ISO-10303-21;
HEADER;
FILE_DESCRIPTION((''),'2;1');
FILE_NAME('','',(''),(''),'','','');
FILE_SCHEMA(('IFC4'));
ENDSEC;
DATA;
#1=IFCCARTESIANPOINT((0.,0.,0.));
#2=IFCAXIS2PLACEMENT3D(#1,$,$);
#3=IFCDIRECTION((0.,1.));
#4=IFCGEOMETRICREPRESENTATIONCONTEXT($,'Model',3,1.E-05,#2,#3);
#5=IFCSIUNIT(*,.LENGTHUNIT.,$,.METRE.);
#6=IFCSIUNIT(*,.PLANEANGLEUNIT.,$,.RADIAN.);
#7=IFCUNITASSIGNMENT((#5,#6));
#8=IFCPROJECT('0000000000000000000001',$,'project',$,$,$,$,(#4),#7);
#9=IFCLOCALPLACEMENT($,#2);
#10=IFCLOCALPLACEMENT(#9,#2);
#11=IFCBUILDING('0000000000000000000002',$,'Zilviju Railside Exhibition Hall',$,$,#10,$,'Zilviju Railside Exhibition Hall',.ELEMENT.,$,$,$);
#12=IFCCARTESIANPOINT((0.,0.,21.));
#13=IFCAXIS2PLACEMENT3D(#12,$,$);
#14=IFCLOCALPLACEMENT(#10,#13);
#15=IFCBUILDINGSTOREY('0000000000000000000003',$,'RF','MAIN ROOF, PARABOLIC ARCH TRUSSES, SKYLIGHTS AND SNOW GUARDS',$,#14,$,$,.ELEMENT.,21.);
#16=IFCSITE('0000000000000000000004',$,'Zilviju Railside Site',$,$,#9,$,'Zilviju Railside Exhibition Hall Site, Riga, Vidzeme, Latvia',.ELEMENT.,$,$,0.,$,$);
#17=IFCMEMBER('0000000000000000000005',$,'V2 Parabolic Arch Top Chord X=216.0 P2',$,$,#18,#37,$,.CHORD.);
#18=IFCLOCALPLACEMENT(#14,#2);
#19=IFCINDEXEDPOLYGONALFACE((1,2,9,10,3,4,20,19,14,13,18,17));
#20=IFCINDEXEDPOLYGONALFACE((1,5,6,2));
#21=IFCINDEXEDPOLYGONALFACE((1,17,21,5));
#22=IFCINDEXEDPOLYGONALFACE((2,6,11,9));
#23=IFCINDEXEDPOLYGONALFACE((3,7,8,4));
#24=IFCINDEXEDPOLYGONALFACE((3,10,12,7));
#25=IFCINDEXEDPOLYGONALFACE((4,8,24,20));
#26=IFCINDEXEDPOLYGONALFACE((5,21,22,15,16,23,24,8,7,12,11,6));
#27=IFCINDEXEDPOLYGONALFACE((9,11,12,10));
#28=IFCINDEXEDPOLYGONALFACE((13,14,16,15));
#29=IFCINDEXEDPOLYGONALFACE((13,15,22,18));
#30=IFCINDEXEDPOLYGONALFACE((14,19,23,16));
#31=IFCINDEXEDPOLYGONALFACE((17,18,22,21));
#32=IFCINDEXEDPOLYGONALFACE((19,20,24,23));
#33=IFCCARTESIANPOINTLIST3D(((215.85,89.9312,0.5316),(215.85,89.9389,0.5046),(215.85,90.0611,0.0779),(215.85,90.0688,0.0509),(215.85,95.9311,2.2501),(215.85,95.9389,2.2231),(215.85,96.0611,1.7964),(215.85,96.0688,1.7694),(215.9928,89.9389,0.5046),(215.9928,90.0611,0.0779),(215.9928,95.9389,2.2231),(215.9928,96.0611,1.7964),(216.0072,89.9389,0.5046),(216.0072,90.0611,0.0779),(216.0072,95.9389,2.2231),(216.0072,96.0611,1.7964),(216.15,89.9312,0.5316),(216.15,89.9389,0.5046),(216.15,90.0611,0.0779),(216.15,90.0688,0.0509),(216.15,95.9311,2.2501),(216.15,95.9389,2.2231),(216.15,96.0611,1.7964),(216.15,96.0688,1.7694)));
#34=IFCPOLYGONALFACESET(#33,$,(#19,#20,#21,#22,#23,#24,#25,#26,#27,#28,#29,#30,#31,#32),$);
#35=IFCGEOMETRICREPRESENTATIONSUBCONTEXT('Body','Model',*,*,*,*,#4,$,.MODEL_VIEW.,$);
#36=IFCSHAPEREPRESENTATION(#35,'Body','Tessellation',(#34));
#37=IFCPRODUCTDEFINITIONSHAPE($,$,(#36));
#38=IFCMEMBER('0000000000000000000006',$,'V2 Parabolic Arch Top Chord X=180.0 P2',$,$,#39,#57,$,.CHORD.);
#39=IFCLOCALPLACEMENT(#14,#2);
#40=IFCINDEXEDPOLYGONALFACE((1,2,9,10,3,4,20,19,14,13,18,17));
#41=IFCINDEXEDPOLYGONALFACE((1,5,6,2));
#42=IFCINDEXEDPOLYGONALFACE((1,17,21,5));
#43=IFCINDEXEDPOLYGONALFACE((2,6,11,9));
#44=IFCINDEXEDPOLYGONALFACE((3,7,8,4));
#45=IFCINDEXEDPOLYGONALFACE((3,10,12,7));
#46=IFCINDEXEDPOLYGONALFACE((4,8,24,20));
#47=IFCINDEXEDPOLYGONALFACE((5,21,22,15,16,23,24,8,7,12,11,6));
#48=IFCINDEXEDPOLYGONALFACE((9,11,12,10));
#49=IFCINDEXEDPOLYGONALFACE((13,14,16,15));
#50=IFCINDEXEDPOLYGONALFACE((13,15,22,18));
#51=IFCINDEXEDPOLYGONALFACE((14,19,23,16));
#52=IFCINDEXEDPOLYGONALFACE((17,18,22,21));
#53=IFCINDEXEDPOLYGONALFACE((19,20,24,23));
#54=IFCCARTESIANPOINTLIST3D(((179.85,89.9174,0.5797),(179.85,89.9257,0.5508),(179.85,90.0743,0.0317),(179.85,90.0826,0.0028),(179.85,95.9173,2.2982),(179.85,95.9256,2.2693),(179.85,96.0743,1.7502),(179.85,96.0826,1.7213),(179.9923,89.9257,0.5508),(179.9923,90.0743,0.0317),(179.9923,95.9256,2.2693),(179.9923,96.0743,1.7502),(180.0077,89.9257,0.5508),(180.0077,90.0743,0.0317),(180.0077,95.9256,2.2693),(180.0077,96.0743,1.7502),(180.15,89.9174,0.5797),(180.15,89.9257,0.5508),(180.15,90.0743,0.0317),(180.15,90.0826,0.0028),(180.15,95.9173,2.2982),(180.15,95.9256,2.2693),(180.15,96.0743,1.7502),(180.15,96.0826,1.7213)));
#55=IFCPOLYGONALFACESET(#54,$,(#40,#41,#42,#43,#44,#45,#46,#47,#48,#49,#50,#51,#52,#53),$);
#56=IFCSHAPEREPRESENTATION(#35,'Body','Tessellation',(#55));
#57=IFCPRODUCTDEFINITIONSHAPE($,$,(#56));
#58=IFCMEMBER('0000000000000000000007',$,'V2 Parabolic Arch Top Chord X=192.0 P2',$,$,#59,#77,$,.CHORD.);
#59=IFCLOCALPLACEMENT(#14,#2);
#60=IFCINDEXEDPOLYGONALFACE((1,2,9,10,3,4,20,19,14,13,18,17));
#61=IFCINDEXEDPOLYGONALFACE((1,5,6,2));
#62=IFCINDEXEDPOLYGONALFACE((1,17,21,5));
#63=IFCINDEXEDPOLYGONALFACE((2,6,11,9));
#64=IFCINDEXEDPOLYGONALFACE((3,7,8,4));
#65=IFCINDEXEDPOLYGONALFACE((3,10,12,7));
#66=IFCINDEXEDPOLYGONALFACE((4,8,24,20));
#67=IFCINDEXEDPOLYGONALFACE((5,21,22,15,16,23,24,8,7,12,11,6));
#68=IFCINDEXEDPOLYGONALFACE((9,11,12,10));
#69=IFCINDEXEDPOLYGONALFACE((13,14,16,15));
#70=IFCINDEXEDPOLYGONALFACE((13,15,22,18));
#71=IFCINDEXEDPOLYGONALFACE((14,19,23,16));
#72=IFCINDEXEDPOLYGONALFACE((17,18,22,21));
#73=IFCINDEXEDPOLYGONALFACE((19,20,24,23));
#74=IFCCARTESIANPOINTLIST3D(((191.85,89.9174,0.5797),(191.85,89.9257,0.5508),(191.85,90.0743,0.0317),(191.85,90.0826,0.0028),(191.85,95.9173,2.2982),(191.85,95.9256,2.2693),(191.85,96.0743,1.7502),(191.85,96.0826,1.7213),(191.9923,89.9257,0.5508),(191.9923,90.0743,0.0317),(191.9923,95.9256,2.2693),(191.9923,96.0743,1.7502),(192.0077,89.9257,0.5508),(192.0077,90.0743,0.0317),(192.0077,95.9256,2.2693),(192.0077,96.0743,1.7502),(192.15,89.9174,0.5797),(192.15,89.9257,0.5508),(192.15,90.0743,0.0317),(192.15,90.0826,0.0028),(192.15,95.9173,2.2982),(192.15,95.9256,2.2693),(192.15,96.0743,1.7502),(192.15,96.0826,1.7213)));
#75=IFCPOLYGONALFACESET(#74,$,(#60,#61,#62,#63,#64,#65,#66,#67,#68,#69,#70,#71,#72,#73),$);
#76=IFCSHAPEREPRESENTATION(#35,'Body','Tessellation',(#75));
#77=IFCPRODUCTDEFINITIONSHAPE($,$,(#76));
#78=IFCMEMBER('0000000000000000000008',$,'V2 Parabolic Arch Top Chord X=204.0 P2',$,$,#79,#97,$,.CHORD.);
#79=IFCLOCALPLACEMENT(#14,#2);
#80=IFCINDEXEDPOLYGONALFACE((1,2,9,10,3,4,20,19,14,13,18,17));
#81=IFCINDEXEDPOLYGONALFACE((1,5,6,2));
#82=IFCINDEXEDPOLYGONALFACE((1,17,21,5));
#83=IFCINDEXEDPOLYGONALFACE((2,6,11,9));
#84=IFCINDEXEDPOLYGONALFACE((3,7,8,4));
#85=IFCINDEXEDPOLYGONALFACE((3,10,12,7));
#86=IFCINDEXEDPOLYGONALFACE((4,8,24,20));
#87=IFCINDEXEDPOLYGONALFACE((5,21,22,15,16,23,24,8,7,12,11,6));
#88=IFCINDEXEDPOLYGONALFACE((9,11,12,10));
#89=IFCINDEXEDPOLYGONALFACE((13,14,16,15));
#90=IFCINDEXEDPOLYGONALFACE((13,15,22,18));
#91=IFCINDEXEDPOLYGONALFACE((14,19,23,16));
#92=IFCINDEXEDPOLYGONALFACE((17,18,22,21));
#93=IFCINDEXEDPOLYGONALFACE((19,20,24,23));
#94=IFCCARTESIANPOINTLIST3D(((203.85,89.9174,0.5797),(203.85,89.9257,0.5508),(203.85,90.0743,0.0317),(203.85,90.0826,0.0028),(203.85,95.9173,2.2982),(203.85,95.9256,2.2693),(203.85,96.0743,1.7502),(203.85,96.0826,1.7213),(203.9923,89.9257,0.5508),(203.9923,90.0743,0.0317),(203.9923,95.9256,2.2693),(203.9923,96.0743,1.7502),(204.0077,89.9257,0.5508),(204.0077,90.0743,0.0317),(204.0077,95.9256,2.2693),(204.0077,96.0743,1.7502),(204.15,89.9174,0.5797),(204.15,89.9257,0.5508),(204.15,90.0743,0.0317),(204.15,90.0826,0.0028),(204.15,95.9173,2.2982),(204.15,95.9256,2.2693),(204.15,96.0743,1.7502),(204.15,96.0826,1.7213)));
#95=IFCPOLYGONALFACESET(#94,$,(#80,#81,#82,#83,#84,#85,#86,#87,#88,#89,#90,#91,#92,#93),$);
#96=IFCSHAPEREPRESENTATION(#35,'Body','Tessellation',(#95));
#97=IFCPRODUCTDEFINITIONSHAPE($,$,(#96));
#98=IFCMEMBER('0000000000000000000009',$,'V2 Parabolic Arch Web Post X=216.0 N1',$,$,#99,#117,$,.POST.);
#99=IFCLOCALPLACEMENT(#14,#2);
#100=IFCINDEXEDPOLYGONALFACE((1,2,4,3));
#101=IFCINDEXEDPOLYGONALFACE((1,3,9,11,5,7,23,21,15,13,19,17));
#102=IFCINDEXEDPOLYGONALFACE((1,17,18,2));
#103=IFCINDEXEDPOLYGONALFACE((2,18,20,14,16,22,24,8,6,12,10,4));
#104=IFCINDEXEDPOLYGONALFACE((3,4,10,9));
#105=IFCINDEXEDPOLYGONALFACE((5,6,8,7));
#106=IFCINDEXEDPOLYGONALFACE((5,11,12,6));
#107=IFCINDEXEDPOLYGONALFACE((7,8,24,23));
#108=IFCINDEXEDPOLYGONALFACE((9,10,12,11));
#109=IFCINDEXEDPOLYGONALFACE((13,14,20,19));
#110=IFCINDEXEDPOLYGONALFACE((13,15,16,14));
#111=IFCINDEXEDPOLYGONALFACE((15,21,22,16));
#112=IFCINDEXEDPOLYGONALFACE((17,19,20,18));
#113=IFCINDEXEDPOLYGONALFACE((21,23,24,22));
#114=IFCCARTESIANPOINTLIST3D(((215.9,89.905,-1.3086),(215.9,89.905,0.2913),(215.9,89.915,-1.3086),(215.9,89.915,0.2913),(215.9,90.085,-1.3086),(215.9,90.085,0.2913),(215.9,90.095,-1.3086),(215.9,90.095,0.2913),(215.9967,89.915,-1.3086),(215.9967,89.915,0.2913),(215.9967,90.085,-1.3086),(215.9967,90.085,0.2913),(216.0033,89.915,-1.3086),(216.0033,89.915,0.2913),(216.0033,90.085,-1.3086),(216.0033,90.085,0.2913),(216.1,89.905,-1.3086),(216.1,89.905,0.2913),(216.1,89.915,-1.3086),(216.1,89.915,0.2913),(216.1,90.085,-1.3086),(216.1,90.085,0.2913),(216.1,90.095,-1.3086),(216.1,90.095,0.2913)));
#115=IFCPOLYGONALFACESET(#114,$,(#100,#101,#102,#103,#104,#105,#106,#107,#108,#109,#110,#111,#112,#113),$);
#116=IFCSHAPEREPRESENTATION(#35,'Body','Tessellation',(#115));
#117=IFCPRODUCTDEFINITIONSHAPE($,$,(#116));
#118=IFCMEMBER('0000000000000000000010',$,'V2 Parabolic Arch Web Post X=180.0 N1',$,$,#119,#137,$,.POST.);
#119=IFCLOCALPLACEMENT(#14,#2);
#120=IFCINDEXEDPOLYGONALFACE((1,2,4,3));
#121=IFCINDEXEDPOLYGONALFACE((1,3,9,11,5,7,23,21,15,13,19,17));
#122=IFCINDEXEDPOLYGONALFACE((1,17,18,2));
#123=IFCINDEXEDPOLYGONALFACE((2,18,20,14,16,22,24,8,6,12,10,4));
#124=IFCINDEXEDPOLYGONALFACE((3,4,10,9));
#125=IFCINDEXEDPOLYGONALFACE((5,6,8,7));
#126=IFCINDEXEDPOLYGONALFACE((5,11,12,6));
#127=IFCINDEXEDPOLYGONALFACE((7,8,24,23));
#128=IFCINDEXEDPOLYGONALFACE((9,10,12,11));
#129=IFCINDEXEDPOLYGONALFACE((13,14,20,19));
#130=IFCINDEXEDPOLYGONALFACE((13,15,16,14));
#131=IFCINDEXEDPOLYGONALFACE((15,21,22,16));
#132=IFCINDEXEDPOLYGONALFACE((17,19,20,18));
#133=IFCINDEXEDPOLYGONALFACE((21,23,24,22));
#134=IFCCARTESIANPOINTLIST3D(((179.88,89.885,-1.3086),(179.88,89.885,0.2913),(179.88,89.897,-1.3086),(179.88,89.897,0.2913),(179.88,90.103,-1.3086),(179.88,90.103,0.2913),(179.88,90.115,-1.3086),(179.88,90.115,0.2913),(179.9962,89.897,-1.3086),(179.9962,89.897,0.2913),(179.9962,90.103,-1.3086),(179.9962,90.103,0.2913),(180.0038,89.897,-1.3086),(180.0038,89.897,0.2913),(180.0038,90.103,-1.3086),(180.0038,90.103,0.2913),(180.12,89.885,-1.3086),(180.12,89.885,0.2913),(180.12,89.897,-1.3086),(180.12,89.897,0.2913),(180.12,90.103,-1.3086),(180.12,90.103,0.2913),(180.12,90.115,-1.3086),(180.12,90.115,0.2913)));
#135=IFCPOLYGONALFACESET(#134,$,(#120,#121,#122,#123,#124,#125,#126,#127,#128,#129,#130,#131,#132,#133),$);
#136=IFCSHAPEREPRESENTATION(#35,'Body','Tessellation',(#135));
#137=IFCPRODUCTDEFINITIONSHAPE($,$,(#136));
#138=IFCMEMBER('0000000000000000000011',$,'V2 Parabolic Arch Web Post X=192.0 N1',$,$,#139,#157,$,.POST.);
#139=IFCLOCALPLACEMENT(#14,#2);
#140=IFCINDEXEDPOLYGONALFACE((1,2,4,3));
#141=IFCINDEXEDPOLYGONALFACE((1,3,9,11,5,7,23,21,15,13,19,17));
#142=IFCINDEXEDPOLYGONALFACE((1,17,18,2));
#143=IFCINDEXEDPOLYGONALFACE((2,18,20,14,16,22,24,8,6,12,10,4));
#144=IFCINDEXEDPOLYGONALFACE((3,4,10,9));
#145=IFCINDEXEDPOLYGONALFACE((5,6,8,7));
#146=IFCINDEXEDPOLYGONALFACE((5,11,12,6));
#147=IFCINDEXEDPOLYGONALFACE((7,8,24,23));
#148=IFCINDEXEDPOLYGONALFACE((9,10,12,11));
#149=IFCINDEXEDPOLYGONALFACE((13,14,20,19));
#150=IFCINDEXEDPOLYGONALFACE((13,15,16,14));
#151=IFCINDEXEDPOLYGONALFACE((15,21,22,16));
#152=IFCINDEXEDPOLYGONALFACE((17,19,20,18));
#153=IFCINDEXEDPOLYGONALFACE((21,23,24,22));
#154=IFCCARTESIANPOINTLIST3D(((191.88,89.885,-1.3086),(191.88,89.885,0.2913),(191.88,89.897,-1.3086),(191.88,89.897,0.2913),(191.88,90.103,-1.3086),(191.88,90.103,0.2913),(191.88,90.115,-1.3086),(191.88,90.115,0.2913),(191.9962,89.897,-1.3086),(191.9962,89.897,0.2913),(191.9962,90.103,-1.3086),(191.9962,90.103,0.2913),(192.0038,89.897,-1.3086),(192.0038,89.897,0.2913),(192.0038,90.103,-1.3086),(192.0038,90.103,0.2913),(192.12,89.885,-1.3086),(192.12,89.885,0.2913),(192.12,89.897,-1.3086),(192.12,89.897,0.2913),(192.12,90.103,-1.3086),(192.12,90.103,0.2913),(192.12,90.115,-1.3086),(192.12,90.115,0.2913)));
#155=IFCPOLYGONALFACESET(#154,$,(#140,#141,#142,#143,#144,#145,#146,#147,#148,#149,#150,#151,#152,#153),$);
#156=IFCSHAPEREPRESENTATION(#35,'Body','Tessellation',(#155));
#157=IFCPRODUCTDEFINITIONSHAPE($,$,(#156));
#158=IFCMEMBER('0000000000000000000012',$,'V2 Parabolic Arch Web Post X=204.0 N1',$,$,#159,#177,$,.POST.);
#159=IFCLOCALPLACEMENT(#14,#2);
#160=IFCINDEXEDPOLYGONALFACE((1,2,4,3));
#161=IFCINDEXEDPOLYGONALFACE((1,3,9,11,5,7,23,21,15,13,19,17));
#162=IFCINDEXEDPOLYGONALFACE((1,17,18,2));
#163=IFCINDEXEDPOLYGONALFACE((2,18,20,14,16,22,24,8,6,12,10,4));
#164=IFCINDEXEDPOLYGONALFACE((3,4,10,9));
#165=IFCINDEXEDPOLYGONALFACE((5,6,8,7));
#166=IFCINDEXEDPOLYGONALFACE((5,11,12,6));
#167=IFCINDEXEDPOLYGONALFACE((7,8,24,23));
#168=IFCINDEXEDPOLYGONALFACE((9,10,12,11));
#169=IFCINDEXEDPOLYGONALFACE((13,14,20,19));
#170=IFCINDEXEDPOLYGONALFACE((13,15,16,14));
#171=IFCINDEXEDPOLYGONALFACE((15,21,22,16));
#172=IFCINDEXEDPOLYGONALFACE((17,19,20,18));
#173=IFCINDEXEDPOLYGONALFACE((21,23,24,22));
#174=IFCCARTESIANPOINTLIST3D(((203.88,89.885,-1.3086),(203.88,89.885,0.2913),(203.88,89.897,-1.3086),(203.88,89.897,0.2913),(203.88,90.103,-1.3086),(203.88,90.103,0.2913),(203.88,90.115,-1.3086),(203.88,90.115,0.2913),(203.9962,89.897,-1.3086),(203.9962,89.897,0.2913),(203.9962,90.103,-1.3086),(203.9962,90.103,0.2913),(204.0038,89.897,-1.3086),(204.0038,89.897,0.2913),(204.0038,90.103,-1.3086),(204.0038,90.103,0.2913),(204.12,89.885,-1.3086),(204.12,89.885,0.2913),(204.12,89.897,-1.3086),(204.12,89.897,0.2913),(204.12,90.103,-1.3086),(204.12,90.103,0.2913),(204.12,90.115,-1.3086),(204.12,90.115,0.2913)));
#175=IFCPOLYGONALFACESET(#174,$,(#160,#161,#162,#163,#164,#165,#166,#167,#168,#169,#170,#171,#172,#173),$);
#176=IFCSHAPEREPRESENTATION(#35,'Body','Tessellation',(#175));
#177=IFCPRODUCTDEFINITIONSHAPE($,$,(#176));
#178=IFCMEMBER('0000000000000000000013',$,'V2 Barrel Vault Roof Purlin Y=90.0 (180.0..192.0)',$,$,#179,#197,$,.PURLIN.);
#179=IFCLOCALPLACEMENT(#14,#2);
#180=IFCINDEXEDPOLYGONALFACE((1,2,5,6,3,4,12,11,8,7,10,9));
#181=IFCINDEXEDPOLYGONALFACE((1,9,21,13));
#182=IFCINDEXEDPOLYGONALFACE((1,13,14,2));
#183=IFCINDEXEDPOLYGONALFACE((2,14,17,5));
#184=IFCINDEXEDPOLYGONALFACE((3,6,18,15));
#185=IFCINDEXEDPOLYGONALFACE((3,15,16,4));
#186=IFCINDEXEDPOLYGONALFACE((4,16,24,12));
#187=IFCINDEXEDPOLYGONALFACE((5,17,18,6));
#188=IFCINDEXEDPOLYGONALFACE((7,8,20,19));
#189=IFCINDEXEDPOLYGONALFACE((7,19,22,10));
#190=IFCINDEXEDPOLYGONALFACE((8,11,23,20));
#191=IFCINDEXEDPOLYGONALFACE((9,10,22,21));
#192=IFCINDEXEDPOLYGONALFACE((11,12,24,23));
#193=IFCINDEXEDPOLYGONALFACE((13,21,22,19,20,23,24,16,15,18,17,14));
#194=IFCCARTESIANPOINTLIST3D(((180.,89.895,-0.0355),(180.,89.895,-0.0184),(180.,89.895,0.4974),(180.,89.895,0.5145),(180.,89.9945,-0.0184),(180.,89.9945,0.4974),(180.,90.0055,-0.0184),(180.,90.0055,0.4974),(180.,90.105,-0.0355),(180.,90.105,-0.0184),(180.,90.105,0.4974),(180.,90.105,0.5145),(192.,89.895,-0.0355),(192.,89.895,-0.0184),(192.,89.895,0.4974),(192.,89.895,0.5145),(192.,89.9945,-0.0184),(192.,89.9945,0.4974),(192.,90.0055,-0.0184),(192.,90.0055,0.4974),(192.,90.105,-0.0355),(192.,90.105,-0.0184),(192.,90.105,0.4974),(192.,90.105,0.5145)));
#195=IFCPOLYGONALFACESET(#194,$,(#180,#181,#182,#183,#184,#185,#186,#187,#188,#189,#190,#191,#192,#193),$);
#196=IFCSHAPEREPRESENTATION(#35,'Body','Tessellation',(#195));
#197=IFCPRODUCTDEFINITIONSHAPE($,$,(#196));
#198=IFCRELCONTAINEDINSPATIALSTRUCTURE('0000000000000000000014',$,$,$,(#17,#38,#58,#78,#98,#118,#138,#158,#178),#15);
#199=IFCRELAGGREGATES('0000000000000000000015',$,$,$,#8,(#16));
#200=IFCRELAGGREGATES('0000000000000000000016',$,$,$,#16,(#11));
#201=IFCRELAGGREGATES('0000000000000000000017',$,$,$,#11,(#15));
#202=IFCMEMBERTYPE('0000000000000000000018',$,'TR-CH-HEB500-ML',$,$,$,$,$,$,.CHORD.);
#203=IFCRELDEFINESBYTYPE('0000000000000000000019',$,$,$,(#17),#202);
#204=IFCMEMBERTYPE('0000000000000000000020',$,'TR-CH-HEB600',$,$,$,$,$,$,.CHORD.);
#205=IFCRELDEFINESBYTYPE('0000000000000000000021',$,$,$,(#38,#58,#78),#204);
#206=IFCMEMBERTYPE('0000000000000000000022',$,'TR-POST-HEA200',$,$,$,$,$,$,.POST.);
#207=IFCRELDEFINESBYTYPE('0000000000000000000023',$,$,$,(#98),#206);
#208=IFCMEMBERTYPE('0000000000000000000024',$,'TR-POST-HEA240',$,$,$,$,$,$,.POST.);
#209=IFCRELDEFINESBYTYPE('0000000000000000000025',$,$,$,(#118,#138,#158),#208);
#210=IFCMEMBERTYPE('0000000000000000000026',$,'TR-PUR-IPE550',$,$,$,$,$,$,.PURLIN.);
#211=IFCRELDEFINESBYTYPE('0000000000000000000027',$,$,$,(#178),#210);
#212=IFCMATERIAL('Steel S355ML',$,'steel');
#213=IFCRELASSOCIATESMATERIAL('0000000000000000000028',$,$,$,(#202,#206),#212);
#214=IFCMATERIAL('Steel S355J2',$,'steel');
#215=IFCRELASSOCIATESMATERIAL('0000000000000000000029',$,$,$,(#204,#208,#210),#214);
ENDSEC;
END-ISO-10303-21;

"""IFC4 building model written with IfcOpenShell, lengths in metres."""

from ifc_helpers import new_model, si_unit, direction, frame, origin, origin_2d, place, context, subcontext, project, spatial, i_section, extrude, material, material_profile, profile_set, type_object, element, save


model = new_model("IFC4")

# Units and contexts
model_context = context("Model", 3, precision=1e-05, world=origin(), true_north=direction((0.0, 1.0)))
body_context = subcontext(model_context, "Body", "Model", "MODEL_VIEW")
ifc_project = project(units=[si_unit("LENGTHUNIT", "METRE"), si_unit("PLANEANGLEUNIT", "RADIAN")], contexts=[model_context])

# Site, building, storey
site_placement = place(None, origin())
site = spatial("IfcSite", under=ifc_project, at=site_placement, Name="Zilviju Railside Site", LongName="Zilviju Railside Exhibition Hall Site, Riga, Vidzeme, Latvia", CompositionType="ELEMENT", RefElevation=0.0)
building_placement = place(site_placement, origin())
building = spatial("IfcBuilding", under=site, at=building_placement, Name="Zilviju Railside Exhibition Hall", LongName="Zilviju Railside Exhibition Hall", CompositionType="ELEMENT")
storey_placement = place(building_placement, frame((0.0, 0.0, 21.0)))
storey = spatial("IfcBuildingStorey", under=building, at=storey_placement, Name="RF", Description="MAIN ROOF, PARABOLIC ARCH TRUSSES, SKYLIGHTS AND SNOW GUARDS", CompositionType="ELEMENT", Elevation=21.0)

# Members
ifc_material_1 = material(Name="Steel S355J2", Category="steel")
ifc_material_2 = material(Name="Steel S355ML", Category="steel")
ifc_material_profile_1 = material_profile(ifc_material_2, i_section(OverallWidth=0.3, OverallDepth=0.5, WebThickness=0.0144, FlangeThickness=0.0281, at=origin_2d()), Name="HEB 500")
ifc_profile_set_1 = profile_set([ifc_material_profile_1], Name="Steel S355ML")
member_type_1 = type_object("IfcMemberType", Name="TR-CH-HEB500-ML", PredefinedType="CHORD", material=ifc_profile_set_1)
member_1_placement = place(storey_placement, frame((216.0, 90.0, 0.2913), z_axis=(0.0, 0.961345, 0.275346), x_axis=(-1.0, 0.0, 0.0)))
element("IfcMember", 1, at=member_1_placement, inside=storey, type_object=member_type_1, Name="V2 Parabolic Arch Top Chord X=216.0 P2", PredefinedType="CHORD", context=body_context, shape_type="SweptSolid", body=[
    extrude(i_section(OverallWidth=0.3, OverallDepth=0.5, WebThickness=0.0144, FlangeThickness=0.0281, at=origin_2d()), origin(), (0.0, 0.0, 1.0), 6.2412),
])
ifc_material_profile_2 = material_profile(ifc_material_1, i_section(OverallWidth=0.3, OverallDepth=0.6001, WebThickness=0.0154, FlangeThickness=0.03, at=origin_2d()), Name="HEB 600")
ifc_profile_set_2 = profile_set([ifc_material_profile_2], Name="Steel S355J2")
member_type_2 = type_object("IfcMemberType", Name="TR-CH-HEB600", PredefinedType="CHORD", material=ifc_profile_set_2)
for number, where, z_axis, x_axis, name in (
    (2, (180.0, 90.0, 0.2913), (0.0, 0.961345, 0.275346), (-1.0, 0.0, 0.0), "V2 Parabolic Arch Top Chord X=180.0 P2"),
    (3, (192.0, 90.0, 0.2913), (0.0, 0.961345, 0.275346), (-1.0, 0.0, 0.0), "V2 Parabolic Arch Top Chord X=192.0 P2"),
    (4, (204.0, 90.0, 0.2913), (0.0, 0.961345, 0.275346), (-1.0, 0.0, 0.0), "V2 Parabolic Arch Top Chord X=204.0 P2"),
):
    element("IfcMember", number, at=place(storey_placement, frame(where, z_axis=z_axis, x_axis=x_axis)), inside=storey, type_object=member_type_2, Name=name, PredefinedType="CHORD", context=body_context, shape_type="SweptSolid", body=[
        extrude(i_section(OverallWidth=0.3, OverallDepth=0.6001, WebThickness=0.0154, FlangeThickness=0.03, at=origin_2d()), origin(), (0.0, 0.0, 1.0), 6.2412),
    ])
ifc_material_profile_3 = material_profile(ifc_material_2, i_section(OverallWidth=0.2, OverallDepth=0.1899, WebThickness=0.0066, FlangeThickness=0.01, at=origin_2d()), Name="HEA 200")
ifc_profile_set_3 = profile_set([ifc_material_profile_3], Name="Steel S355ML")
member_type_3 = type_object("IfcMemberType", Name="TR-POST-HEA200", PredefinedType="POST", material=ifc_profile_set_3)
member_2_placement = place(storey_placement, frame((216.0, 90.0, -1.3086), z_axis=(0.0, 0.0, 1.0), x_axis=(1.0, 0.0, 0.0)))
element("IfcMember", 5, at=member_2_placement, inside=storey, type_object=member_type_3, Name="V2 Parabolic Arch Web Post X=216.0 N1", PredefinedType="POST", context=body_context, shape_type="SweptSolid", body=[
    extrude(i_section(OverallWidth=0.2, OverallDepth=0.1899, WebThickness=0.0066, FlangeThickness=0.01, at=origin_2d()), origin(), (0.0, 0.0, 1.0), 1.5999),
])
ifc_material_profile_4 = material_profile(ifc_material_1, i_section(OverallWidth=0.24, OverallDepth=0.23, WebThickness=0.0076, FlangeThickness=0.012, at=origin_2d()), Name="HEA 240")
ifc_profile_set_4 = profile_set([ifc_material_profile_4], Name="Steel S355J2")
member_type_4 = type_object("IfcMemberType", Name="TR-POST-HEA240", PredefinedType="POST", material=ifc_profile_set_4)
for number, where, z_axis, x_axis, name in (
    (6, (180.0, 90.0, -1.3086), (0.0, 0.0, 1.0), (1.0, 0.0, 0.0), "V2 Parabolic Arch Web Post X=180.0 N1"),
    (7, (192.0, 90.0, -1.3086), (0.0, 0.0, 1.0), (1.0, 0.0, 0.0), "V2 Parabolic Arch Web Post X=192.0 N1"),
    (8, (204.0, 90.0, -1.3086), (0.0, 0.0, 1.0), (1.0, 0.0, 0.0), "V2 Parabolic Arch Web Post X=204.0 N1"),
):
    element("IfcMember", number, at=place(storey_placement, frame(where, z_axis=z_axis, x_axis=x_axis)), inside=storey, type_object=member_type_4, Name=name, PredefinedType="POST", context=body_context, shape_type="SweptSolid", body=[
        extrude(i_section(OverallWidth=0.24, OverallDepth=0.23, WebThickness=0.0076, FlangeThickness=0.012, at=origin_2d()), origin(), (0.0, 0.0, 1.0), 1.5999),
    ])
ifc_material_profile_5 = material_profile(ifc_material_1, i_section(OverallWidth=0.21, OverallDepth=0.55, WebThickness=0.011, FlangeThickness=0.0171, at=origin_2d()), Name="IPE 550")
ifc_profile_set_5 = profile_set([ifc_material_profile_5], Name="Steel S355J2")
member_type_5 = type_object("IfcMemberType", Name="TR-PUR-IPE550", PredefinedType="PURLIN", material=ifc_profile_set_5)
for number, where, z_axis, x_axis, name in (
    (9, (180.0, 90.0, 0.2395), (1.0, 0.0, 0.0), (0.0, 1.0, 0.0), "V2 Barrel Vault Roof Purlin Y=90.0 (180.0..192.0)"),
):
    element("IfcMember", number, at=place(storey_placement, frame(where, z_axis=z_axis, x_axis=x_axis)), inside=storey, type_object=member_type_5, Name=name, PredefinedType="PURLIN", context=body_context, shape_type="SweptSolid", body=[
        extrude(i_section(OverallWidth=0.21, OverallDepth=0.55, WebThickness=0.011, FlangeThickness=0.0171, at=origin_2d()), origin(), (0.0, 0.0, 1.0), 12.0),
    ])

save(model, "model.ifc")
